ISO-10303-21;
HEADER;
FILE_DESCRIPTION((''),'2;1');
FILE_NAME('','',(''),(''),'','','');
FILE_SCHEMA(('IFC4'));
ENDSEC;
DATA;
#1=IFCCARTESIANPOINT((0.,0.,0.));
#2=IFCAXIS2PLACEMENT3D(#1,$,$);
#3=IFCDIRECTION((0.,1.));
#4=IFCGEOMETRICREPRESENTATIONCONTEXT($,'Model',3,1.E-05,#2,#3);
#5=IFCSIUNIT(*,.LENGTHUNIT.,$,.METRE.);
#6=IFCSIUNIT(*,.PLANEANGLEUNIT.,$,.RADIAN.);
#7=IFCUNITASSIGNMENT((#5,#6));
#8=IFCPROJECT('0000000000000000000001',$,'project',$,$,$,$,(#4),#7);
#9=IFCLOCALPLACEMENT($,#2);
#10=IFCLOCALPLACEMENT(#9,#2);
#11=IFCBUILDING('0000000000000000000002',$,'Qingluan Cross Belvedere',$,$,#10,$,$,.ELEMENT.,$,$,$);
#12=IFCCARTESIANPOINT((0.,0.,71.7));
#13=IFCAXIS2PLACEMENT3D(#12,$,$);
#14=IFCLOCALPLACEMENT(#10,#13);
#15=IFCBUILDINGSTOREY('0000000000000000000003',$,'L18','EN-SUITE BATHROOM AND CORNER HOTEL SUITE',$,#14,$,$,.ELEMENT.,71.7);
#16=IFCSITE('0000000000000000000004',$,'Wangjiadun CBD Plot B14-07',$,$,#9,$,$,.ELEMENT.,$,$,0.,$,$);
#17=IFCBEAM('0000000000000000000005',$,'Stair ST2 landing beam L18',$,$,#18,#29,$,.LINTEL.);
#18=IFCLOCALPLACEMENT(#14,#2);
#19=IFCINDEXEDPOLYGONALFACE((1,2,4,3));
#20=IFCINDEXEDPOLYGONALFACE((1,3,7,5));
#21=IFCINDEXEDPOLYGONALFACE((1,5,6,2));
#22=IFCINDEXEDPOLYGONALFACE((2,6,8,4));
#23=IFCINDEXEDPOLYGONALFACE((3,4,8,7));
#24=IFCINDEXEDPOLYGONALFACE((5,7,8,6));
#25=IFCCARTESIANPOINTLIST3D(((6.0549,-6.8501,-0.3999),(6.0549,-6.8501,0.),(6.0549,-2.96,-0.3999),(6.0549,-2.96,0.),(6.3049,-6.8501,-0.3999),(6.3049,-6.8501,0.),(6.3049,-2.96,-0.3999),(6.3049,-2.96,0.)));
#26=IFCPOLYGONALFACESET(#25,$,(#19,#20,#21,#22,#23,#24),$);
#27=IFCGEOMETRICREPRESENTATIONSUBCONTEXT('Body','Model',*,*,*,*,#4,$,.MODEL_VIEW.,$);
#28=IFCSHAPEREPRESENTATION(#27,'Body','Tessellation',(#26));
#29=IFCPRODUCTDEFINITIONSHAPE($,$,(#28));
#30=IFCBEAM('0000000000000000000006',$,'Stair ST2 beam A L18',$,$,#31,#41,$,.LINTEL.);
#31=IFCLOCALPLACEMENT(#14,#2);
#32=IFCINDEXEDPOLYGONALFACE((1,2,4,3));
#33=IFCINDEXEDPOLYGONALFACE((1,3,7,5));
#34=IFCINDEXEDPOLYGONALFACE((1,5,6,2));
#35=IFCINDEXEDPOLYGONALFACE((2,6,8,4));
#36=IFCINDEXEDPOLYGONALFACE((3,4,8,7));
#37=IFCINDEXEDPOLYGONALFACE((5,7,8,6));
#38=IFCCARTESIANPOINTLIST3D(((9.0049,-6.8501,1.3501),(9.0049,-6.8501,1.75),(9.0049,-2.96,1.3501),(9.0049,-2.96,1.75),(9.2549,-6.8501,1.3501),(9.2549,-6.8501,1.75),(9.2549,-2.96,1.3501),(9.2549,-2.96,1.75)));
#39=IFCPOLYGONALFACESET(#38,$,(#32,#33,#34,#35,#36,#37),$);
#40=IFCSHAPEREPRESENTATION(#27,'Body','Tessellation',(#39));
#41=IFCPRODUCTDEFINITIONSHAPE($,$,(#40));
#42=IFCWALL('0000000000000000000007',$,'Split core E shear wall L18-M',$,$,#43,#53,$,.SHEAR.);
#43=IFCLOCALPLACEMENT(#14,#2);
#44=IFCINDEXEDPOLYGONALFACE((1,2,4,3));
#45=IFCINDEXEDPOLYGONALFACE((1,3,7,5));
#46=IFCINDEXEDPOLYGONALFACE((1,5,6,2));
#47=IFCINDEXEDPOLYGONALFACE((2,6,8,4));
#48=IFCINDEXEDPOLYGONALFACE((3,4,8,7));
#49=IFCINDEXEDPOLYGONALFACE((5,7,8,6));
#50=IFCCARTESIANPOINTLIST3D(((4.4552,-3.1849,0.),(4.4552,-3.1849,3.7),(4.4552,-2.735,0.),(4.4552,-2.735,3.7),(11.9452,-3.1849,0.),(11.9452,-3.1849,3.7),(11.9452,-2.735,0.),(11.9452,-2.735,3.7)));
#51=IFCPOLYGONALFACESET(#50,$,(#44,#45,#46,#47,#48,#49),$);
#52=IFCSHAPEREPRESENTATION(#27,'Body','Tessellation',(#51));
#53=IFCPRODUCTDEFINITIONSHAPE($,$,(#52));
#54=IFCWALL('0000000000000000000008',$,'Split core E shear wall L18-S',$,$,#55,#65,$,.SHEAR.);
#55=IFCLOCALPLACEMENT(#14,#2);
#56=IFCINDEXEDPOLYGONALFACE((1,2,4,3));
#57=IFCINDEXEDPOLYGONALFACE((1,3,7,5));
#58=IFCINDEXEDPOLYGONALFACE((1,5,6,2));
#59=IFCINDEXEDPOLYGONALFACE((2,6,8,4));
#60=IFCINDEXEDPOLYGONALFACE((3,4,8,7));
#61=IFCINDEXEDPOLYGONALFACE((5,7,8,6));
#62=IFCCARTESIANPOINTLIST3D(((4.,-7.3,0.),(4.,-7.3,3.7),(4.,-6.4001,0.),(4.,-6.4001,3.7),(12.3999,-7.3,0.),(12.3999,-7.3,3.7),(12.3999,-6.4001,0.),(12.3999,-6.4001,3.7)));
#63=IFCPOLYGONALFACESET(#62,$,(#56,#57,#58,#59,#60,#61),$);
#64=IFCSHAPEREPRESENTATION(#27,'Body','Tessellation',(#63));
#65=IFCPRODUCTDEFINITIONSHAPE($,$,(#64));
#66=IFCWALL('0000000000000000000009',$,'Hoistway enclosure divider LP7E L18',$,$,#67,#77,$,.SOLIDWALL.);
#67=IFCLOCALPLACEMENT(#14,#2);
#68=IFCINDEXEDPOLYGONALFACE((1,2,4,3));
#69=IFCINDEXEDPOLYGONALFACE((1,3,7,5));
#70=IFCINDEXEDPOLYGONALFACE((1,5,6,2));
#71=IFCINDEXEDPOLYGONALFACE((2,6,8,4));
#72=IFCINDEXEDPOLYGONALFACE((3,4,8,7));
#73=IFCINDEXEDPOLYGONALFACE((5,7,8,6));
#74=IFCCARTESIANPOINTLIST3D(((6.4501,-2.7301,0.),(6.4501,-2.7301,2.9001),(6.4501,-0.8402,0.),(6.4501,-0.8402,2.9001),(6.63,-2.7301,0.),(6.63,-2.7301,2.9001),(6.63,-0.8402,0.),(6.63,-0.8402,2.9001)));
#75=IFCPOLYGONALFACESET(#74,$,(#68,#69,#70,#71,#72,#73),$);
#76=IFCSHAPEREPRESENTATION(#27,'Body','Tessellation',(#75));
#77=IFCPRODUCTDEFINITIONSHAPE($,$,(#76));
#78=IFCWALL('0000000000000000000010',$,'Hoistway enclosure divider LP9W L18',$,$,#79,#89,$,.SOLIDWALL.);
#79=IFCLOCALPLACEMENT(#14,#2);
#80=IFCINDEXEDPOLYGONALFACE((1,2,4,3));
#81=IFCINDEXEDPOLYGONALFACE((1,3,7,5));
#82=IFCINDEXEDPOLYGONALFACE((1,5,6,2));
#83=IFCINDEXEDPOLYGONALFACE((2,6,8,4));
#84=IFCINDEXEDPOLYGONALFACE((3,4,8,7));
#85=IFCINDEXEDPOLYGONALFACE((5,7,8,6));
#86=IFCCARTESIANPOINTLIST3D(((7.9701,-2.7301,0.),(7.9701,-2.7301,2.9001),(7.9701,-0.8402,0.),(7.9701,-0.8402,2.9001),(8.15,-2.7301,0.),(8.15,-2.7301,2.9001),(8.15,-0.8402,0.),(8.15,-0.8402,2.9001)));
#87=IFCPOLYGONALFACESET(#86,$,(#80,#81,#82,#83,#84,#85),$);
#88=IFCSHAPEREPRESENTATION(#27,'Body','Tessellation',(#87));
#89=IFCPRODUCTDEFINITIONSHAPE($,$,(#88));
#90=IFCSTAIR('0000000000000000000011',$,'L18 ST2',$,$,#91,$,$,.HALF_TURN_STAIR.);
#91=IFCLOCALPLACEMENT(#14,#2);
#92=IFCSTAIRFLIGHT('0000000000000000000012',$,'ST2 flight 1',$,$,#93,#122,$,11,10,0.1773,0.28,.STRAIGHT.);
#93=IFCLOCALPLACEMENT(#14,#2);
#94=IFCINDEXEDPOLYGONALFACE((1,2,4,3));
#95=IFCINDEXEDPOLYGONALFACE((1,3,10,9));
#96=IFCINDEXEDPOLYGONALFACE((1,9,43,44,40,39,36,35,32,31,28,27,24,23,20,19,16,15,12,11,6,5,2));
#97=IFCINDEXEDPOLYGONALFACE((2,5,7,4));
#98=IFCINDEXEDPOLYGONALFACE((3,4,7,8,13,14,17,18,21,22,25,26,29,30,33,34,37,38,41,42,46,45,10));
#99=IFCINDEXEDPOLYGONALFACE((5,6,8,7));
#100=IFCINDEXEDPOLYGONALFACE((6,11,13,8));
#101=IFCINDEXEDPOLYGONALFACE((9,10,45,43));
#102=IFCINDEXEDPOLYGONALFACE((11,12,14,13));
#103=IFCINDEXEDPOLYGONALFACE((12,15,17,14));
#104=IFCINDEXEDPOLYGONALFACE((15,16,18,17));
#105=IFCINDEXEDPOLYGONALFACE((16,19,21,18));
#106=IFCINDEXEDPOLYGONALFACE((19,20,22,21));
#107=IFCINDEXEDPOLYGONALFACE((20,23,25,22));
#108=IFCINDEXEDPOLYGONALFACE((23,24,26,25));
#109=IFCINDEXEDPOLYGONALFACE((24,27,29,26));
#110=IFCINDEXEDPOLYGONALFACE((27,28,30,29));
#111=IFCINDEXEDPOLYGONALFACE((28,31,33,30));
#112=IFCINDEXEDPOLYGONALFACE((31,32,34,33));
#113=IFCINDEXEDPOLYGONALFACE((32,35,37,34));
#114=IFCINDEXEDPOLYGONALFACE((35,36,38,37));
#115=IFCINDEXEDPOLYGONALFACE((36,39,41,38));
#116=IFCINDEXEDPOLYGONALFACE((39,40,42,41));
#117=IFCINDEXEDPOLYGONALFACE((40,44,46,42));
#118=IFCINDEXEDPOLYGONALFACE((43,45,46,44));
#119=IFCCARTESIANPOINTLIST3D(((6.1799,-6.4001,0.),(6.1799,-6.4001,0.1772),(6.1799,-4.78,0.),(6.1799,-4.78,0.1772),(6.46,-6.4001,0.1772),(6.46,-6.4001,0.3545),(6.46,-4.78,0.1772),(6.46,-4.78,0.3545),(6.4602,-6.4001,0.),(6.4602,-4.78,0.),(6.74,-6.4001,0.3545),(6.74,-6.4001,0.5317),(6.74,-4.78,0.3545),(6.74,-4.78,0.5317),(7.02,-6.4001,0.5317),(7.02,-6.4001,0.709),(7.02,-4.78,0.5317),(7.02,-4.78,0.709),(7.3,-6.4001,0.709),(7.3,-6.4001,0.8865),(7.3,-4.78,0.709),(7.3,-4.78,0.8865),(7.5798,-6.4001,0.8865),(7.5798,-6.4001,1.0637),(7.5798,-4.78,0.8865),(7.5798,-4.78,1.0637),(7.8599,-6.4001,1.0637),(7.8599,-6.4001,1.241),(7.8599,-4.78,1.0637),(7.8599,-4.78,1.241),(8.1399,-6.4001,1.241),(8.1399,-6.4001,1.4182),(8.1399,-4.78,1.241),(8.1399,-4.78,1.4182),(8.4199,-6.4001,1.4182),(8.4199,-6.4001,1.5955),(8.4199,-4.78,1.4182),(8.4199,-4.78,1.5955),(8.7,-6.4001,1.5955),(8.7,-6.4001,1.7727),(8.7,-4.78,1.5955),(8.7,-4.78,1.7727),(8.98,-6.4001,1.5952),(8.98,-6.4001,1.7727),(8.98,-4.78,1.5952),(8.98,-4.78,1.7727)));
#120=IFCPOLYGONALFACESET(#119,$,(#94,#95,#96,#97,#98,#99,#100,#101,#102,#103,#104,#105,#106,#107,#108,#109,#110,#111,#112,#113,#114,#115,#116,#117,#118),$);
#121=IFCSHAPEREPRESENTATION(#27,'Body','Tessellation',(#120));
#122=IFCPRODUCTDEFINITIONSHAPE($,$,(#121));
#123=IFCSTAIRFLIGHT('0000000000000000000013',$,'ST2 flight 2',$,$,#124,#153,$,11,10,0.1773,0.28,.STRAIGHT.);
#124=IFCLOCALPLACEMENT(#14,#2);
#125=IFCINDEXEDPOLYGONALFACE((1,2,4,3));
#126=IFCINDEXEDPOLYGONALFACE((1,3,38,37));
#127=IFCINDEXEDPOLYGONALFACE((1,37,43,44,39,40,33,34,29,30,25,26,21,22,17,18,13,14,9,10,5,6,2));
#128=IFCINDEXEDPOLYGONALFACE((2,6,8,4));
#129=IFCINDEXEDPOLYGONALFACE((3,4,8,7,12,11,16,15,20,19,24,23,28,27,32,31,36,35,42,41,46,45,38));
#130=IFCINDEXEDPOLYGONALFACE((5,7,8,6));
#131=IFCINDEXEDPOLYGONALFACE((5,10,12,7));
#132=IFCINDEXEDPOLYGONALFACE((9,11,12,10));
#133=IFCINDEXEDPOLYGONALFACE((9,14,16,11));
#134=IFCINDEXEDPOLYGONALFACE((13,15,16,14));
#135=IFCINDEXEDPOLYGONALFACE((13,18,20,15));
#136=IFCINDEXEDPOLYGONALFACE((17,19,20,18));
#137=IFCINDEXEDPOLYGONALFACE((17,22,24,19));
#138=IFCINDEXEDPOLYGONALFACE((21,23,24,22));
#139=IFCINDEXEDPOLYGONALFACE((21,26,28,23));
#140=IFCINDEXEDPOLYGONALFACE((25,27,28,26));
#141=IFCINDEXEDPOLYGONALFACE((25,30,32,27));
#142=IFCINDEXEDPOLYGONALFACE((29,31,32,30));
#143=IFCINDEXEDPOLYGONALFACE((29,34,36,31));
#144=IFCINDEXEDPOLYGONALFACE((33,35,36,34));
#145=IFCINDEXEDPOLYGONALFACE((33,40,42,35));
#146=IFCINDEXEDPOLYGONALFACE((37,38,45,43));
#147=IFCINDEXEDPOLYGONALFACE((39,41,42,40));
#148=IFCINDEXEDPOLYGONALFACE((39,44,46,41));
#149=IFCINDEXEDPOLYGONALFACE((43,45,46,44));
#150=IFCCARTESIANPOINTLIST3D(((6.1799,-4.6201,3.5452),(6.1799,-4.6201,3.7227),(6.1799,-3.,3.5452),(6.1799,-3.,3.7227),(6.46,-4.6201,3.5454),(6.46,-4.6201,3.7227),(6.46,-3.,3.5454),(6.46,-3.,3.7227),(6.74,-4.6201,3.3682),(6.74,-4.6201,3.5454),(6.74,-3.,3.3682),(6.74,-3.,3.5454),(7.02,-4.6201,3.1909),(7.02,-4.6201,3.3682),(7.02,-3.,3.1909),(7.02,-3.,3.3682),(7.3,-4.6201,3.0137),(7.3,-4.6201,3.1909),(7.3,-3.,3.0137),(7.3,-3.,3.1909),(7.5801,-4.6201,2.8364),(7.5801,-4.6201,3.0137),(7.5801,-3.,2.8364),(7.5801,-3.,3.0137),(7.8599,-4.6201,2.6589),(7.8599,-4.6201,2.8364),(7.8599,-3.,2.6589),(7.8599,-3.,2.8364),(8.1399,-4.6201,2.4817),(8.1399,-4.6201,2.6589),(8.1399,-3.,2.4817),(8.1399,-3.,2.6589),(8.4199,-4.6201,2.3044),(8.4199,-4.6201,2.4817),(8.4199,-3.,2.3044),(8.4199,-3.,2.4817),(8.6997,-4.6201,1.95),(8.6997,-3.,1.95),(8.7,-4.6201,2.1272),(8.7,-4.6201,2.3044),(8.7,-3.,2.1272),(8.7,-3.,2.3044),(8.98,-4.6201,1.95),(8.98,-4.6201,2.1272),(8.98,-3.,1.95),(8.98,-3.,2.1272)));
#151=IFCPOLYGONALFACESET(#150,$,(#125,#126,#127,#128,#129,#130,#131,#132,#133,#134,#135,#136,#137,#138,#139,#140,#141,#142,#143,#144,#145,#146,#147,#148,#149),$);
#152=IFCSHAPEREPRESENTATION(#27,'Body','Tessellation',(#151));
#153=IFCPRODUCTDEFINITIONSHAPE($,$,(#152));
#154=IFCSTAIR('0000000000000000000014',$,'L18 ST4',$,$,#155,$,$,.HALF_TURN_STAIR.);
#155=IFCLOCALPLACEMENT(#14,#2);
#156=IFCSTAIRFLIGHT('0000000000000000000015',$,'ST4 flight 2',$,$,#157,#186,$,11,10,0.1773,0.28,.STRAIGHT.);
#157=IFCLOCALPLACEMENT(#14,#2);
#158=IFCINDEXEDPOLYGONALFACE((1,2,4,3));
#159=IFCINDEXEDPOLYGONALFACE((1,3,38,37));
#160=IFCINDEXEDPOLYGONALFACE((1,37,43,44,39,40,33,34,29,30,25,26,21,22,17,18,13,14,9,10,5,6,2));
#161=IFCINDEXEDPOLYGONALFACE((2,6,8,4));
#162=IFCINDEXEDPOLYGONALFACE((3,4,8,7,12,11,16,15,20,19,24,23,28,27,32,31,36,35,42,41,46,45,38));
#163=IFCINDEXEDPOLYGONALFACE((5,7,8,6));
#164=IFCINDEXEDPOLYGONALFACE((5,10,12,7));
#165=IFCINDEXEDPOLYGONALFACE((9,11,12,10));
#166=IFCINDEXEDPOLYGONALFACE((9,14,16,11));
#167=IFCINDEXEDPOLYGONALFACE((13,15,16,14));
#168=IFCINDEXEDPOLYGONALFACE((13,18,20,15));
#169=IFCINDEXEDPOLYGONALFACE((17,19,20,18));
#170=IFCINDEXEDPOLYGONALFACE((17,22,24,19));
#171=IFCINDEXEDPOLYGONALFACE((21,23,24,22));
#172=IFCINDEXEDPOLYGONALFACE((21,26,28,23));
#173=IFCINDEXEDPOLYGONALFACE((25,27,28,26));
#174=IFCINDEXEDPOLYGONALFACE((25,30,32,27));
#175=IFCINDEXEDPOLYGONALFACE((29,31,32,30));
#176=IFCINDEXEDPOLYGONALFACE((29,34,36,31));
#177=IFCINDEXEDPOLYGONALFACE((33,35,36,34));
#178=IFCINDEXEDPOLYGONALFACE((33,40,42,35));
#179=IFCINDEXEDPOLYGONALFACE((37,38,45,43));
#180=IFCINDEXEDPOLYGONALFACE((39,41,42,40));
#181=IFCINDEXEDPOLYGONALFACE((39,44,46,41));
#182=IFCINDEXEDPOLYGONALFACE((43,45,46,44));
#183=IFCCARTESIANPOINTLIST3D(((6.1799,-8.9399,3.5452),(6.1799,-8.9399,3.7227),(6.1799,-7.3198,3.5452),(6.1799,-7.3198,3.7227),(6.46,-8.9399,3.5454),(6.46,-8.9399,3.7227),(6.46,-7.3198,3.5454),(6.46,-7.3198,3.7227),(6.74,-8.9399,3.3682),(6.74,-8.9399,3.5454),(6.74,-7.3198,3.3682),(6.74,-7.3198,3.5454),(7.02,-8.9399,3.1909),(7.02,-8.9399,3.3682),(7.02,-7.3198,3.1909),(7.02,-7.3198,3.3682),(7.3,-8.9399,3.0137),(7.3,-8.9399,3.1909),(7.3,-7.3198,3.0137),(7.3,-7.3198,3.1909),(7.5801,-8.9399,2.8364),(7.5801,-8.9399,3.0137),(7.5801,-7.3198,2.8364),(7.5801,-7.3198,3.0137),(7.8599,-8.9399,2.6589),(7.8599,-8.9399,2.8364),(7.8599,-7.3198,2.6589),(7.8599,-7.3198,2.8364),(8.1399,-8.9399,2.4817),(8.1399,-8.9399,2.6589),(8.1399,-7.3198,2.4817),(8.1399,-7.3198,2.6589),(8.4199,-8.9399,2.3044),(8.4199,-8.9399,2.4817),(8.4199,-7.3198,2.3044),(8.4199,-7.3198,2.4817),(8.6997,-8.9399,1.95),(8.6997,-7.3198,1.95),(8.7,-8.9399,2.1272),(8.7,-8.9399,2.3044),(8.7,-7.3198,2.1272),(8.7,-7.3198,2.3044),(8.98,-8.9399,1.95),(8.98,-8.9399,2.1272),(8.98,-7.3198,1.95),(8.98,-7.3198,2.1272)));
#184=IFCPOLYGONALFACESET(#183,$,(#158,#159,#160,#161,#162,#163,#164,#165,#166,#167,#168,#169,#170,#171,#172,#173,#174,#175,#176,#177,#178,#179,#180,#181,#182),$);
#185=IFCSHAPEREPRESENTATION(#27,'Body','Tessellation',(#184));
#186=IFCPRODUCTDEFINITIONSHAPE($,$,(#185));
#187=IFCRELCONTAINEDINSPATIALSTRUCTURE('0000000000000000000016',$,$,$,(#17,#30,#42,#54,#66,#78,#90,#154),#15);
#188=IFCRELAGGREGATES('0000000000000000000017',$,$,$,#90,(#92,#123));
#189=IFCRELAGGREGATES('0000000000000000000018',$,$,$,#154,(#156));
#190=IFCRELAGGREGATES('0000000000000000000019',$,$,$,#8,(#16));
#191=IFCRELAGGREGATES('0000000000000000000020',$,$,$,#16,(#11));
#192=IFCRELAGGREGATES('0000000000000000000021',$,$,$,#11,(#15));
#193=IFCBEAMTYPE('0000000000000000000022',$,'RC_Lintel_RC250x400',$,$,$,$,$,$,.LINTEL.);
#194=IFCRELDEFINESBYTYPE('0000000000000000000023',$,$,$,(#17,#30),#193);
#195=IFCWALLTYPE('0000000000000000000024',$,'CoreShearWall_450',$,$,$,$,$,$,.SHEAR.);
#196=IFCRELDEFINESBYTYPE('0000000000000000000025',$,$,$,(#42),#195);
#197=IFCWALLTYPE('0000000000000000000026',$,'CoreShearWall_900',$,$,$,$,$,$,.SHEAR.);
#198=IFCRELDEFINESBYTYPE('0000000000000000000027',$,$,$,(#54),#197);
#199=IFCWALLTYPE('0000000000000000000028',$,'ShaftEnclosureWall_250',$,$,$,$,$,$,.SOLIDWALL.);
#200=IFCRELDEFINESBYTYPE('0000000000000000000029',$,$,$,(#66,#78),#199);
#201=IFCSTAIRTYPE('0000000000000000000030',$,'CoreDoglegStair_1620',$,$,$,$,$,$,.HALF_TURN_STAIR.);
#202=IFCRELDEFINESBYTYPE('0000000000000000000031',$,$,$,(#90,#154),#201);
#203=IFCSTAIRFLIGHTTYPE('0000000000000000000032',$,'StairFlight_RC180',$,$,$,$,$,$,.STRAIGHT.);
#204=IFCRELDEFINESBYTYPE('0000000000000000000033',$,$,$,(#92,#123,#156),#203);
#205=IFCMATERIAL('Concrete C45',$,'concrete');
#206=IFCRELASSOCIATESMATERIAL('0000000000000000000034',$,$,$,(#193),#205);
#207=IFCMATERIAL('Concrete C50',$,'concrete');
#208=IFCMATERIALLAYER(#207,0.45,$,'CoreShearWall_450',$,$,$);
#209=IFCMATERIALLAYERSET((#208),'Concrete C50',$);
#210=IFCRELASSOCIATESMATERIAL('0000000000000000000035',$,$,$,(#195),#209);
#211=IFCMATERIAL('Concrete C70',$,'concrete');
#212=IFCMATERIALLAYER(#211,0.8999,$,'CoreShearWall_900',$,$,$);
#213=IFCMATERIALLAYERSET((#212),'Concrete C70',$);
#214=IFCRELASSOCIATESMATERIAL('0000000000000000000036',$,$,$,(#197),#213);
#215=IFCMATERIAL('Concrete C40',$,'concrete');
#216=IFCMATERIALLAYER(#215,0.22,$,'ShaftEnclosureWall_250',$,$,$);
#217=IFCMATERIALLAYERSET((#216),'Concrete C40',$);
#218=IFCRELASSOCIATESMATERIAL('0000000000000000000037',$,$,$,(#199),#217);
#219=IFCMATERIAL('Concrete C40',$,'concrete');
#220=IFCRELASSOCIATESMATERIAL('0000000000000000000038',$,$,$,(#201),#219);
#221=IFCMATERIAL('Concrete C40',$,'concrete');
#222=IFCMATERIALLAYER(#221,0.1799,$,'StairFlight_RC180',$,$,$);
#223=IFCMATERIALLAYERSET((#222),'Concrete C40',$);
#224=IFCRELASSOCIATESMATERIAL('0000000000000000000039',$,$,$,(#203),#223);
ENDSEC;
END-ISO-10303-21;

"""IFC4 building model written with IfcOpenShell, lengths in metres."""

from ifc_helpers import new_model, si_unit, direction, frame, frame_2d, origin, origin_2d, place, context, subcontext, project, spatial, polyline, rectangle, outline, extrude, material, layer, layer_set, material_profile, profile_set, type_object, element, aggregate, save


model = new_model("IFC4")

# Units and contexts
model_context = context("Model", 3, precision=1e-05, world=origin(), true_north=direction((0.0, 1.0)))
body_context = subcontext(model_context, "Body", "Model", "MODEL_VIEW")
ifc_project = project(units=[si_unit("LENGTHUNIT", "METRE"), si_unit("PLANEANGLEUNIT", "RADIAN")], contexts=[model_context])

# Site, building, storey
site_placement = place(None, origin())
site = spatial("IfcSite", under=ifc_project, at=site_placement, Name="Wangjiadun CBD Plot B14-07", CompositionType="ELEMENT", RefElevation=0.0)
building_placement = place(site_placement, origin())
building = spatial("IfcBuilding", under=site, at=building_placement, Name="Qingluan Cross Belvedere", CompositionType="ELEMENT")
storey_placement = place(building_placement, frame((0.0, 0.0, 71.7)))
storey = spatial("IfcBuildingStorey", under=building, at=storey_placement, Name="L18", Description="EN-SUITE BATHROOM AND CORNER HOTEL SUITE", CompositionType="ELEMENT", Elevation=71.7)

# Beams
ifc_material_1 = material(Name="Concrete C45", Category="concrete")
ifc_material_profile = material_profile(ifc_material_1, rectangle(XDim=0.25, YDim=0.3999, at=origin_2d()), Name="RC250x400")
ifc_profile_set = profile_set([ifc_material_profile], Name="Concrete C45")
beam_type = type_object("IfcBeamType", Name="RC_Lintel_RC250x400", PredefinedType="LINTEL", material=ifc_profile_set)
for number, where, z_axis, x_axis, name in (
    (1, (6.1799, -6.8501, -0.2), (0.0, 1.0, 0.0), (-1.0, 0.0, 0.0), "Stair ST2 landing beam L18"),
    (2, (9.1299, -6.8501, 1.55), (0.0, 1.0, 0.0), (-1.0, 0.0, 0.0), "Stair ST2 beam A L18"),
):
    element("IfcBeam", number, at=place(storey_placement, frame(where, z_axis=z_axis, x_axis=x_axis)), inside=storey, type_object=beam_type, Name=name, PredefinedType="LINTEL", context=body_context, shape_type="SweptSolid", body=[
        extrude(rectangle(XDim=0.25, YDim=0.3999, at=origin_2d()), origin(), (0.0, 0.0, 1.0), 3.8901),
    ])

# Walls
ifc_material_2 = material(Name="Concrete C50", Category="concrete")
ifc_layer_1 = layer(ifc_material_2, 0.45, Name="CoreShearWall_450")
ifc_layer_set_1 = layer_set([ifc_layer_1], Name="Concrete C50")
wall_type_1 = type_object("IfcWallType", Name="CoreShearWall_450", PredefinedType="SHEAR", material=ifc_layer_set_1)
wall_1_placement = place(storey_placement, frame((4.4551, -2.96, 0.0), z_axis=(0.0, 0.0, 1.0), x_axis=(1.0, 0.0, 0.0)))
element("IfcWall", 3, at=wall_1_placement, inside=storey, type_object=wall_type_1, Name="Split core E shear wall L18-M", PredefinedType="SHEAR", context=body_context, shape_type="SweptSolid", body=[
    extrude(rectangle(XDim=7.49, YDim=0.45, at=frame_2d((3.7451, 0.0))), origin(), (0.0, 0.0, 1.0), 3.7),
])
ifc_material_3 = material(Name="Concrete C70", Category="concrete")
ifc_layer_2 = layer(ifc_material_3, 0.8999, Name="CoreShearWall_900")
ifc_layer_set_2 = layer_set([ifc_layer_2], Name="Concrete C70")
wall_type_2 = type_object("IfcWallType", Name="CoreShearWall_900", PredefinedType="SHEAR", material=ifc_layer_set_2)
wall_2_placement = place(storey_placement, frame((4.0, -6.8501, 0.0), z_axis=(0.0, 0.0, 1.0), x_axis=(1.0, 0.0, 0.0)))
element("IfcWall", 4, at=wall_2_placement, inside=storey, type_object=wall_type_2, Name="Split core E shear wall L18-S", PredefinedType="SHEAR", context=body_context, shape_type="SweptSolid", body=[
    extrude(rectangle(XDim=8.3999, YDim=0.8999, at=frame_2d((4.2, 0.0))), origin(), (0.0, 0.0, 1.0), 3.7),
])

# Walls
ifc_material_4 = material(Name="Concrete C40", Category="concrete")
ifc_layer_3 = layer(ifc_material_4, 0.22, Name="ShaftEnclosureWall_250")
ifc_layer_set_3 = layer_set([ifc_layer_3], Name="Concrete C40")
wall_type_3 = type_object("IfcWallType", Name="ShaftEnclosureWall_250", PredefinedType="SOLIDWALL", material=ifc_layer_set_3)
for number, where, z_axis, x_axis, name in (
    (5, (6.54, -2.73, 0.0), (0.0, 0.0, 1.0), (0.0, 1.0, 0.0), "Hoistway enclosure divider LP7E L18"),
    (6, (8.0601, -2.73, 0.0), (0.0, 0.0, 1.0), (0.0, 1.0, 0.0), "Hoistway enclosure divider LP9W L18"),
):
    element("IfcWall", number, at=place(storey_placement, frame(where, z_axis=z_axis, x_axis=x_axis)), inside=storey, type_object=wall_type_3, Name=name, PredefinedType="SOLIDWALL", context=body_context, shape_type="SweptSolid", body=[
        extrude(rectangle(XDim=1.8899, YDim=0.1799, at=frame_2d((0.9448, 0.0))), origin(), (0.0, 0.0, 1.0), 2.9001),
    ])

# Stair, stair flights
ifc_material_5 = material(Name="Concrete C40", Category="concrete")
stair_type = type_object("IfcStairType", Name="CoreDoglegStair_1620", PredefinedType="HALF_TURN_STAIR", material=ifc_material_5)
stair_1_placement = place(storey_placement, origin())
stair_1 = element("IfcStair", 7, at=stair_1_placement, inside=storey, type_object=stair_type, Name="L18 ST2", PredefinedType="HALF_TURN_STAIR")
ifc_material_6 = material(Name="Concrete C40", Category="concrete")
ifc_layer_4 = layer(ifc_material_6, 0.1799, Name="StairFlight_RC180")
ifc_layer_set_4 = layer_set([ifc_layer_4], Name="Concrete C40")
stair_flight_type = type_object("IfcStairFlightType", Name="StairFlight_RC180", PredefinedType="STRAIGHT", material=ifc_layer_set_4)
stair_flight_1_placement = place(storey_placement, frame((6.1799, -5.5901, 0.0), z_axis=(0.0, 0.0, 1.0), x_axis=(1.0, 0.0, 0.0)))
stair_flight_1 = element("IfcStairFlight", 8, at=stair_flight_1_placement, type_object=stair_flight_type, Name="ST2 flight 1", NumberOfRisers=11, NumberOfTreads=10, PredefinedType="STRAIGHT", RiserHeight=0.1773, TreadLength=0.28, context=body_context, shape_type="SweptSolid", body=[
    extrude(outline(polyline([(0.0, 0.0), (0.0, 0.1772), (0.28, 0.1772), (0.28, 0.3545), (0.5601, 0.3545), (0.5601, 0.5317), (0.8401, 0.5317), (0.8401, 0.709), (1.1201, 0.709), (1.1201, 0.8865), (1.3999, 0.8865), (1.3999, 1.0637), (1.6799, 1.0637), (1.6799, 1.241), (1.96, 1.241), (1.96, 1.4182), (2.24, 1.4182), (2.24, 1.5955), (2.52, 1.5955), (2.52, 1.7727), (2.8, 1.7727), (2.8, 1.95), (2.8, 1.5952), (0.2803, 0.0), (0.0, 0.0)])), frame((0.0, 0.8101, 0.0), z_axis=(0.0, -1.0, 0.0), x_axis=(1.0, 0.0, 0.0)), (0.0, 0.0, 1.0), 1.6201),
])
stair_flight_2_placement = place(storey_placement, frame((8.98, -3.8101, 1.95), z_axis=(0.0, 0.0, 1.0), x_axis=(-1.0, 0.0, 0.0)))
stair_flight_2 = element("IfcStairFlight", 9, at=stair_flight_2_placement, type_object=stair_flight_type, Name="ST2 flight 2", NumberOfRisers=11, NumberOfTreads=10, PredefinedType="STRAIGHT", RiserHeight=0.1773, TreadLength=0.28, context=body_context, shape_type="SweptSolid", body=[
    extrude(outline(polyline([(0.0, 0.0), (0.0, 0.1772), (0.28, 0.1772), (0.28, 0.3545), (0.5601, 0.3545), (0.5601, 0.5317), (0.8401, 0.5317), (0.8401, 0.709), (1.1201, 0.709), (1.1201, 0.8865), (1.3999, 0.8865), (1.3999, 1.0637), (1.6799, 1.0637), (1.6799, 1.241), (1.96, 1.241), (1.96, 1.4182), (2.24, 1.4182), (2.24, 1.5955), (2.52, 1.5955), (2.52, 1.7727), (2.8, 1.7727), (2.8, 1.95), (2.8, 1.5952), (0.2803, 0.0), (0.0, 0.0)])), frame((0.0, 0.8101, 0.0), z_axis=(0.0, -1.0, 0.0), x_axis=(1.0, 0.0, 0.0)), (0.0, 0.0, 1.0), 1.6201),
])
aggregate(stair_1, [stair_flight_1, stair_flight_2])

# Stair, stair flight
stair_2_placement = place(storey_placement, origin())
stair_2 = element("IfcStair", 10, at=stair_2_placement, inside=storey, type_object=stair_type, Name="L18 ST4", PredefinedType="HALF_TURN_STAIR")
stair_flight_3_placement = place(storey_placement, frame((8.98, -8.1299, 1.95), z_axis=(0.0, 0.0, 1.0), x_axis=(-1.0, 0.0, 0.0)))
stair_flight_3 = element("IfcStairFlight", 11, at=stair_flight_3_placement, type_object=stair_flight_type, Name="ST4 flight 2", NumberOfRisers=11, NumberOfTreads=10, PredefinedType="STRAIGHT", RiserHeight=0.1773, TreadLength=0.28, context=body_context, shape_type="SweptSolid", body=[
    extrude(outline(polyline([(0.0, 0.0), (0.0, 0.1772), (0.28, 0.1772), (0.28, 0.3545), (0.5601, 0.3545), (0.5601, 0.5317), (0.8401, 0.5317), (0.8401, 0.709), (1.1201, 0.709), (1.1201, 0.8865), (1.3999, 0.8865), (1.3999, 1.0637), (1.6799, 1.0637), (1.6799, 1.241), (1.96, 1.241), (1.96, 1.4182), (2.24, 1.4182), (2.24, 1.5955), (2.52, 1.5955), (2.52, 1.7727), (2.8, 1.7727), (2.8, 1.95), (2.8, 1.5952), (0.2803, 0.0), (0.0, 0.0)])), frame((0.0, 0.8101, 0.0), z_axis=(0.0, -1.0, 0.0), x_axis=(1.0, 0.0, 0.0)), (0.0, 0.0, 1.0), 1.6201),
])
aggregate(stair_2, [stair_flight_3])

save(model, "model.ifc")
